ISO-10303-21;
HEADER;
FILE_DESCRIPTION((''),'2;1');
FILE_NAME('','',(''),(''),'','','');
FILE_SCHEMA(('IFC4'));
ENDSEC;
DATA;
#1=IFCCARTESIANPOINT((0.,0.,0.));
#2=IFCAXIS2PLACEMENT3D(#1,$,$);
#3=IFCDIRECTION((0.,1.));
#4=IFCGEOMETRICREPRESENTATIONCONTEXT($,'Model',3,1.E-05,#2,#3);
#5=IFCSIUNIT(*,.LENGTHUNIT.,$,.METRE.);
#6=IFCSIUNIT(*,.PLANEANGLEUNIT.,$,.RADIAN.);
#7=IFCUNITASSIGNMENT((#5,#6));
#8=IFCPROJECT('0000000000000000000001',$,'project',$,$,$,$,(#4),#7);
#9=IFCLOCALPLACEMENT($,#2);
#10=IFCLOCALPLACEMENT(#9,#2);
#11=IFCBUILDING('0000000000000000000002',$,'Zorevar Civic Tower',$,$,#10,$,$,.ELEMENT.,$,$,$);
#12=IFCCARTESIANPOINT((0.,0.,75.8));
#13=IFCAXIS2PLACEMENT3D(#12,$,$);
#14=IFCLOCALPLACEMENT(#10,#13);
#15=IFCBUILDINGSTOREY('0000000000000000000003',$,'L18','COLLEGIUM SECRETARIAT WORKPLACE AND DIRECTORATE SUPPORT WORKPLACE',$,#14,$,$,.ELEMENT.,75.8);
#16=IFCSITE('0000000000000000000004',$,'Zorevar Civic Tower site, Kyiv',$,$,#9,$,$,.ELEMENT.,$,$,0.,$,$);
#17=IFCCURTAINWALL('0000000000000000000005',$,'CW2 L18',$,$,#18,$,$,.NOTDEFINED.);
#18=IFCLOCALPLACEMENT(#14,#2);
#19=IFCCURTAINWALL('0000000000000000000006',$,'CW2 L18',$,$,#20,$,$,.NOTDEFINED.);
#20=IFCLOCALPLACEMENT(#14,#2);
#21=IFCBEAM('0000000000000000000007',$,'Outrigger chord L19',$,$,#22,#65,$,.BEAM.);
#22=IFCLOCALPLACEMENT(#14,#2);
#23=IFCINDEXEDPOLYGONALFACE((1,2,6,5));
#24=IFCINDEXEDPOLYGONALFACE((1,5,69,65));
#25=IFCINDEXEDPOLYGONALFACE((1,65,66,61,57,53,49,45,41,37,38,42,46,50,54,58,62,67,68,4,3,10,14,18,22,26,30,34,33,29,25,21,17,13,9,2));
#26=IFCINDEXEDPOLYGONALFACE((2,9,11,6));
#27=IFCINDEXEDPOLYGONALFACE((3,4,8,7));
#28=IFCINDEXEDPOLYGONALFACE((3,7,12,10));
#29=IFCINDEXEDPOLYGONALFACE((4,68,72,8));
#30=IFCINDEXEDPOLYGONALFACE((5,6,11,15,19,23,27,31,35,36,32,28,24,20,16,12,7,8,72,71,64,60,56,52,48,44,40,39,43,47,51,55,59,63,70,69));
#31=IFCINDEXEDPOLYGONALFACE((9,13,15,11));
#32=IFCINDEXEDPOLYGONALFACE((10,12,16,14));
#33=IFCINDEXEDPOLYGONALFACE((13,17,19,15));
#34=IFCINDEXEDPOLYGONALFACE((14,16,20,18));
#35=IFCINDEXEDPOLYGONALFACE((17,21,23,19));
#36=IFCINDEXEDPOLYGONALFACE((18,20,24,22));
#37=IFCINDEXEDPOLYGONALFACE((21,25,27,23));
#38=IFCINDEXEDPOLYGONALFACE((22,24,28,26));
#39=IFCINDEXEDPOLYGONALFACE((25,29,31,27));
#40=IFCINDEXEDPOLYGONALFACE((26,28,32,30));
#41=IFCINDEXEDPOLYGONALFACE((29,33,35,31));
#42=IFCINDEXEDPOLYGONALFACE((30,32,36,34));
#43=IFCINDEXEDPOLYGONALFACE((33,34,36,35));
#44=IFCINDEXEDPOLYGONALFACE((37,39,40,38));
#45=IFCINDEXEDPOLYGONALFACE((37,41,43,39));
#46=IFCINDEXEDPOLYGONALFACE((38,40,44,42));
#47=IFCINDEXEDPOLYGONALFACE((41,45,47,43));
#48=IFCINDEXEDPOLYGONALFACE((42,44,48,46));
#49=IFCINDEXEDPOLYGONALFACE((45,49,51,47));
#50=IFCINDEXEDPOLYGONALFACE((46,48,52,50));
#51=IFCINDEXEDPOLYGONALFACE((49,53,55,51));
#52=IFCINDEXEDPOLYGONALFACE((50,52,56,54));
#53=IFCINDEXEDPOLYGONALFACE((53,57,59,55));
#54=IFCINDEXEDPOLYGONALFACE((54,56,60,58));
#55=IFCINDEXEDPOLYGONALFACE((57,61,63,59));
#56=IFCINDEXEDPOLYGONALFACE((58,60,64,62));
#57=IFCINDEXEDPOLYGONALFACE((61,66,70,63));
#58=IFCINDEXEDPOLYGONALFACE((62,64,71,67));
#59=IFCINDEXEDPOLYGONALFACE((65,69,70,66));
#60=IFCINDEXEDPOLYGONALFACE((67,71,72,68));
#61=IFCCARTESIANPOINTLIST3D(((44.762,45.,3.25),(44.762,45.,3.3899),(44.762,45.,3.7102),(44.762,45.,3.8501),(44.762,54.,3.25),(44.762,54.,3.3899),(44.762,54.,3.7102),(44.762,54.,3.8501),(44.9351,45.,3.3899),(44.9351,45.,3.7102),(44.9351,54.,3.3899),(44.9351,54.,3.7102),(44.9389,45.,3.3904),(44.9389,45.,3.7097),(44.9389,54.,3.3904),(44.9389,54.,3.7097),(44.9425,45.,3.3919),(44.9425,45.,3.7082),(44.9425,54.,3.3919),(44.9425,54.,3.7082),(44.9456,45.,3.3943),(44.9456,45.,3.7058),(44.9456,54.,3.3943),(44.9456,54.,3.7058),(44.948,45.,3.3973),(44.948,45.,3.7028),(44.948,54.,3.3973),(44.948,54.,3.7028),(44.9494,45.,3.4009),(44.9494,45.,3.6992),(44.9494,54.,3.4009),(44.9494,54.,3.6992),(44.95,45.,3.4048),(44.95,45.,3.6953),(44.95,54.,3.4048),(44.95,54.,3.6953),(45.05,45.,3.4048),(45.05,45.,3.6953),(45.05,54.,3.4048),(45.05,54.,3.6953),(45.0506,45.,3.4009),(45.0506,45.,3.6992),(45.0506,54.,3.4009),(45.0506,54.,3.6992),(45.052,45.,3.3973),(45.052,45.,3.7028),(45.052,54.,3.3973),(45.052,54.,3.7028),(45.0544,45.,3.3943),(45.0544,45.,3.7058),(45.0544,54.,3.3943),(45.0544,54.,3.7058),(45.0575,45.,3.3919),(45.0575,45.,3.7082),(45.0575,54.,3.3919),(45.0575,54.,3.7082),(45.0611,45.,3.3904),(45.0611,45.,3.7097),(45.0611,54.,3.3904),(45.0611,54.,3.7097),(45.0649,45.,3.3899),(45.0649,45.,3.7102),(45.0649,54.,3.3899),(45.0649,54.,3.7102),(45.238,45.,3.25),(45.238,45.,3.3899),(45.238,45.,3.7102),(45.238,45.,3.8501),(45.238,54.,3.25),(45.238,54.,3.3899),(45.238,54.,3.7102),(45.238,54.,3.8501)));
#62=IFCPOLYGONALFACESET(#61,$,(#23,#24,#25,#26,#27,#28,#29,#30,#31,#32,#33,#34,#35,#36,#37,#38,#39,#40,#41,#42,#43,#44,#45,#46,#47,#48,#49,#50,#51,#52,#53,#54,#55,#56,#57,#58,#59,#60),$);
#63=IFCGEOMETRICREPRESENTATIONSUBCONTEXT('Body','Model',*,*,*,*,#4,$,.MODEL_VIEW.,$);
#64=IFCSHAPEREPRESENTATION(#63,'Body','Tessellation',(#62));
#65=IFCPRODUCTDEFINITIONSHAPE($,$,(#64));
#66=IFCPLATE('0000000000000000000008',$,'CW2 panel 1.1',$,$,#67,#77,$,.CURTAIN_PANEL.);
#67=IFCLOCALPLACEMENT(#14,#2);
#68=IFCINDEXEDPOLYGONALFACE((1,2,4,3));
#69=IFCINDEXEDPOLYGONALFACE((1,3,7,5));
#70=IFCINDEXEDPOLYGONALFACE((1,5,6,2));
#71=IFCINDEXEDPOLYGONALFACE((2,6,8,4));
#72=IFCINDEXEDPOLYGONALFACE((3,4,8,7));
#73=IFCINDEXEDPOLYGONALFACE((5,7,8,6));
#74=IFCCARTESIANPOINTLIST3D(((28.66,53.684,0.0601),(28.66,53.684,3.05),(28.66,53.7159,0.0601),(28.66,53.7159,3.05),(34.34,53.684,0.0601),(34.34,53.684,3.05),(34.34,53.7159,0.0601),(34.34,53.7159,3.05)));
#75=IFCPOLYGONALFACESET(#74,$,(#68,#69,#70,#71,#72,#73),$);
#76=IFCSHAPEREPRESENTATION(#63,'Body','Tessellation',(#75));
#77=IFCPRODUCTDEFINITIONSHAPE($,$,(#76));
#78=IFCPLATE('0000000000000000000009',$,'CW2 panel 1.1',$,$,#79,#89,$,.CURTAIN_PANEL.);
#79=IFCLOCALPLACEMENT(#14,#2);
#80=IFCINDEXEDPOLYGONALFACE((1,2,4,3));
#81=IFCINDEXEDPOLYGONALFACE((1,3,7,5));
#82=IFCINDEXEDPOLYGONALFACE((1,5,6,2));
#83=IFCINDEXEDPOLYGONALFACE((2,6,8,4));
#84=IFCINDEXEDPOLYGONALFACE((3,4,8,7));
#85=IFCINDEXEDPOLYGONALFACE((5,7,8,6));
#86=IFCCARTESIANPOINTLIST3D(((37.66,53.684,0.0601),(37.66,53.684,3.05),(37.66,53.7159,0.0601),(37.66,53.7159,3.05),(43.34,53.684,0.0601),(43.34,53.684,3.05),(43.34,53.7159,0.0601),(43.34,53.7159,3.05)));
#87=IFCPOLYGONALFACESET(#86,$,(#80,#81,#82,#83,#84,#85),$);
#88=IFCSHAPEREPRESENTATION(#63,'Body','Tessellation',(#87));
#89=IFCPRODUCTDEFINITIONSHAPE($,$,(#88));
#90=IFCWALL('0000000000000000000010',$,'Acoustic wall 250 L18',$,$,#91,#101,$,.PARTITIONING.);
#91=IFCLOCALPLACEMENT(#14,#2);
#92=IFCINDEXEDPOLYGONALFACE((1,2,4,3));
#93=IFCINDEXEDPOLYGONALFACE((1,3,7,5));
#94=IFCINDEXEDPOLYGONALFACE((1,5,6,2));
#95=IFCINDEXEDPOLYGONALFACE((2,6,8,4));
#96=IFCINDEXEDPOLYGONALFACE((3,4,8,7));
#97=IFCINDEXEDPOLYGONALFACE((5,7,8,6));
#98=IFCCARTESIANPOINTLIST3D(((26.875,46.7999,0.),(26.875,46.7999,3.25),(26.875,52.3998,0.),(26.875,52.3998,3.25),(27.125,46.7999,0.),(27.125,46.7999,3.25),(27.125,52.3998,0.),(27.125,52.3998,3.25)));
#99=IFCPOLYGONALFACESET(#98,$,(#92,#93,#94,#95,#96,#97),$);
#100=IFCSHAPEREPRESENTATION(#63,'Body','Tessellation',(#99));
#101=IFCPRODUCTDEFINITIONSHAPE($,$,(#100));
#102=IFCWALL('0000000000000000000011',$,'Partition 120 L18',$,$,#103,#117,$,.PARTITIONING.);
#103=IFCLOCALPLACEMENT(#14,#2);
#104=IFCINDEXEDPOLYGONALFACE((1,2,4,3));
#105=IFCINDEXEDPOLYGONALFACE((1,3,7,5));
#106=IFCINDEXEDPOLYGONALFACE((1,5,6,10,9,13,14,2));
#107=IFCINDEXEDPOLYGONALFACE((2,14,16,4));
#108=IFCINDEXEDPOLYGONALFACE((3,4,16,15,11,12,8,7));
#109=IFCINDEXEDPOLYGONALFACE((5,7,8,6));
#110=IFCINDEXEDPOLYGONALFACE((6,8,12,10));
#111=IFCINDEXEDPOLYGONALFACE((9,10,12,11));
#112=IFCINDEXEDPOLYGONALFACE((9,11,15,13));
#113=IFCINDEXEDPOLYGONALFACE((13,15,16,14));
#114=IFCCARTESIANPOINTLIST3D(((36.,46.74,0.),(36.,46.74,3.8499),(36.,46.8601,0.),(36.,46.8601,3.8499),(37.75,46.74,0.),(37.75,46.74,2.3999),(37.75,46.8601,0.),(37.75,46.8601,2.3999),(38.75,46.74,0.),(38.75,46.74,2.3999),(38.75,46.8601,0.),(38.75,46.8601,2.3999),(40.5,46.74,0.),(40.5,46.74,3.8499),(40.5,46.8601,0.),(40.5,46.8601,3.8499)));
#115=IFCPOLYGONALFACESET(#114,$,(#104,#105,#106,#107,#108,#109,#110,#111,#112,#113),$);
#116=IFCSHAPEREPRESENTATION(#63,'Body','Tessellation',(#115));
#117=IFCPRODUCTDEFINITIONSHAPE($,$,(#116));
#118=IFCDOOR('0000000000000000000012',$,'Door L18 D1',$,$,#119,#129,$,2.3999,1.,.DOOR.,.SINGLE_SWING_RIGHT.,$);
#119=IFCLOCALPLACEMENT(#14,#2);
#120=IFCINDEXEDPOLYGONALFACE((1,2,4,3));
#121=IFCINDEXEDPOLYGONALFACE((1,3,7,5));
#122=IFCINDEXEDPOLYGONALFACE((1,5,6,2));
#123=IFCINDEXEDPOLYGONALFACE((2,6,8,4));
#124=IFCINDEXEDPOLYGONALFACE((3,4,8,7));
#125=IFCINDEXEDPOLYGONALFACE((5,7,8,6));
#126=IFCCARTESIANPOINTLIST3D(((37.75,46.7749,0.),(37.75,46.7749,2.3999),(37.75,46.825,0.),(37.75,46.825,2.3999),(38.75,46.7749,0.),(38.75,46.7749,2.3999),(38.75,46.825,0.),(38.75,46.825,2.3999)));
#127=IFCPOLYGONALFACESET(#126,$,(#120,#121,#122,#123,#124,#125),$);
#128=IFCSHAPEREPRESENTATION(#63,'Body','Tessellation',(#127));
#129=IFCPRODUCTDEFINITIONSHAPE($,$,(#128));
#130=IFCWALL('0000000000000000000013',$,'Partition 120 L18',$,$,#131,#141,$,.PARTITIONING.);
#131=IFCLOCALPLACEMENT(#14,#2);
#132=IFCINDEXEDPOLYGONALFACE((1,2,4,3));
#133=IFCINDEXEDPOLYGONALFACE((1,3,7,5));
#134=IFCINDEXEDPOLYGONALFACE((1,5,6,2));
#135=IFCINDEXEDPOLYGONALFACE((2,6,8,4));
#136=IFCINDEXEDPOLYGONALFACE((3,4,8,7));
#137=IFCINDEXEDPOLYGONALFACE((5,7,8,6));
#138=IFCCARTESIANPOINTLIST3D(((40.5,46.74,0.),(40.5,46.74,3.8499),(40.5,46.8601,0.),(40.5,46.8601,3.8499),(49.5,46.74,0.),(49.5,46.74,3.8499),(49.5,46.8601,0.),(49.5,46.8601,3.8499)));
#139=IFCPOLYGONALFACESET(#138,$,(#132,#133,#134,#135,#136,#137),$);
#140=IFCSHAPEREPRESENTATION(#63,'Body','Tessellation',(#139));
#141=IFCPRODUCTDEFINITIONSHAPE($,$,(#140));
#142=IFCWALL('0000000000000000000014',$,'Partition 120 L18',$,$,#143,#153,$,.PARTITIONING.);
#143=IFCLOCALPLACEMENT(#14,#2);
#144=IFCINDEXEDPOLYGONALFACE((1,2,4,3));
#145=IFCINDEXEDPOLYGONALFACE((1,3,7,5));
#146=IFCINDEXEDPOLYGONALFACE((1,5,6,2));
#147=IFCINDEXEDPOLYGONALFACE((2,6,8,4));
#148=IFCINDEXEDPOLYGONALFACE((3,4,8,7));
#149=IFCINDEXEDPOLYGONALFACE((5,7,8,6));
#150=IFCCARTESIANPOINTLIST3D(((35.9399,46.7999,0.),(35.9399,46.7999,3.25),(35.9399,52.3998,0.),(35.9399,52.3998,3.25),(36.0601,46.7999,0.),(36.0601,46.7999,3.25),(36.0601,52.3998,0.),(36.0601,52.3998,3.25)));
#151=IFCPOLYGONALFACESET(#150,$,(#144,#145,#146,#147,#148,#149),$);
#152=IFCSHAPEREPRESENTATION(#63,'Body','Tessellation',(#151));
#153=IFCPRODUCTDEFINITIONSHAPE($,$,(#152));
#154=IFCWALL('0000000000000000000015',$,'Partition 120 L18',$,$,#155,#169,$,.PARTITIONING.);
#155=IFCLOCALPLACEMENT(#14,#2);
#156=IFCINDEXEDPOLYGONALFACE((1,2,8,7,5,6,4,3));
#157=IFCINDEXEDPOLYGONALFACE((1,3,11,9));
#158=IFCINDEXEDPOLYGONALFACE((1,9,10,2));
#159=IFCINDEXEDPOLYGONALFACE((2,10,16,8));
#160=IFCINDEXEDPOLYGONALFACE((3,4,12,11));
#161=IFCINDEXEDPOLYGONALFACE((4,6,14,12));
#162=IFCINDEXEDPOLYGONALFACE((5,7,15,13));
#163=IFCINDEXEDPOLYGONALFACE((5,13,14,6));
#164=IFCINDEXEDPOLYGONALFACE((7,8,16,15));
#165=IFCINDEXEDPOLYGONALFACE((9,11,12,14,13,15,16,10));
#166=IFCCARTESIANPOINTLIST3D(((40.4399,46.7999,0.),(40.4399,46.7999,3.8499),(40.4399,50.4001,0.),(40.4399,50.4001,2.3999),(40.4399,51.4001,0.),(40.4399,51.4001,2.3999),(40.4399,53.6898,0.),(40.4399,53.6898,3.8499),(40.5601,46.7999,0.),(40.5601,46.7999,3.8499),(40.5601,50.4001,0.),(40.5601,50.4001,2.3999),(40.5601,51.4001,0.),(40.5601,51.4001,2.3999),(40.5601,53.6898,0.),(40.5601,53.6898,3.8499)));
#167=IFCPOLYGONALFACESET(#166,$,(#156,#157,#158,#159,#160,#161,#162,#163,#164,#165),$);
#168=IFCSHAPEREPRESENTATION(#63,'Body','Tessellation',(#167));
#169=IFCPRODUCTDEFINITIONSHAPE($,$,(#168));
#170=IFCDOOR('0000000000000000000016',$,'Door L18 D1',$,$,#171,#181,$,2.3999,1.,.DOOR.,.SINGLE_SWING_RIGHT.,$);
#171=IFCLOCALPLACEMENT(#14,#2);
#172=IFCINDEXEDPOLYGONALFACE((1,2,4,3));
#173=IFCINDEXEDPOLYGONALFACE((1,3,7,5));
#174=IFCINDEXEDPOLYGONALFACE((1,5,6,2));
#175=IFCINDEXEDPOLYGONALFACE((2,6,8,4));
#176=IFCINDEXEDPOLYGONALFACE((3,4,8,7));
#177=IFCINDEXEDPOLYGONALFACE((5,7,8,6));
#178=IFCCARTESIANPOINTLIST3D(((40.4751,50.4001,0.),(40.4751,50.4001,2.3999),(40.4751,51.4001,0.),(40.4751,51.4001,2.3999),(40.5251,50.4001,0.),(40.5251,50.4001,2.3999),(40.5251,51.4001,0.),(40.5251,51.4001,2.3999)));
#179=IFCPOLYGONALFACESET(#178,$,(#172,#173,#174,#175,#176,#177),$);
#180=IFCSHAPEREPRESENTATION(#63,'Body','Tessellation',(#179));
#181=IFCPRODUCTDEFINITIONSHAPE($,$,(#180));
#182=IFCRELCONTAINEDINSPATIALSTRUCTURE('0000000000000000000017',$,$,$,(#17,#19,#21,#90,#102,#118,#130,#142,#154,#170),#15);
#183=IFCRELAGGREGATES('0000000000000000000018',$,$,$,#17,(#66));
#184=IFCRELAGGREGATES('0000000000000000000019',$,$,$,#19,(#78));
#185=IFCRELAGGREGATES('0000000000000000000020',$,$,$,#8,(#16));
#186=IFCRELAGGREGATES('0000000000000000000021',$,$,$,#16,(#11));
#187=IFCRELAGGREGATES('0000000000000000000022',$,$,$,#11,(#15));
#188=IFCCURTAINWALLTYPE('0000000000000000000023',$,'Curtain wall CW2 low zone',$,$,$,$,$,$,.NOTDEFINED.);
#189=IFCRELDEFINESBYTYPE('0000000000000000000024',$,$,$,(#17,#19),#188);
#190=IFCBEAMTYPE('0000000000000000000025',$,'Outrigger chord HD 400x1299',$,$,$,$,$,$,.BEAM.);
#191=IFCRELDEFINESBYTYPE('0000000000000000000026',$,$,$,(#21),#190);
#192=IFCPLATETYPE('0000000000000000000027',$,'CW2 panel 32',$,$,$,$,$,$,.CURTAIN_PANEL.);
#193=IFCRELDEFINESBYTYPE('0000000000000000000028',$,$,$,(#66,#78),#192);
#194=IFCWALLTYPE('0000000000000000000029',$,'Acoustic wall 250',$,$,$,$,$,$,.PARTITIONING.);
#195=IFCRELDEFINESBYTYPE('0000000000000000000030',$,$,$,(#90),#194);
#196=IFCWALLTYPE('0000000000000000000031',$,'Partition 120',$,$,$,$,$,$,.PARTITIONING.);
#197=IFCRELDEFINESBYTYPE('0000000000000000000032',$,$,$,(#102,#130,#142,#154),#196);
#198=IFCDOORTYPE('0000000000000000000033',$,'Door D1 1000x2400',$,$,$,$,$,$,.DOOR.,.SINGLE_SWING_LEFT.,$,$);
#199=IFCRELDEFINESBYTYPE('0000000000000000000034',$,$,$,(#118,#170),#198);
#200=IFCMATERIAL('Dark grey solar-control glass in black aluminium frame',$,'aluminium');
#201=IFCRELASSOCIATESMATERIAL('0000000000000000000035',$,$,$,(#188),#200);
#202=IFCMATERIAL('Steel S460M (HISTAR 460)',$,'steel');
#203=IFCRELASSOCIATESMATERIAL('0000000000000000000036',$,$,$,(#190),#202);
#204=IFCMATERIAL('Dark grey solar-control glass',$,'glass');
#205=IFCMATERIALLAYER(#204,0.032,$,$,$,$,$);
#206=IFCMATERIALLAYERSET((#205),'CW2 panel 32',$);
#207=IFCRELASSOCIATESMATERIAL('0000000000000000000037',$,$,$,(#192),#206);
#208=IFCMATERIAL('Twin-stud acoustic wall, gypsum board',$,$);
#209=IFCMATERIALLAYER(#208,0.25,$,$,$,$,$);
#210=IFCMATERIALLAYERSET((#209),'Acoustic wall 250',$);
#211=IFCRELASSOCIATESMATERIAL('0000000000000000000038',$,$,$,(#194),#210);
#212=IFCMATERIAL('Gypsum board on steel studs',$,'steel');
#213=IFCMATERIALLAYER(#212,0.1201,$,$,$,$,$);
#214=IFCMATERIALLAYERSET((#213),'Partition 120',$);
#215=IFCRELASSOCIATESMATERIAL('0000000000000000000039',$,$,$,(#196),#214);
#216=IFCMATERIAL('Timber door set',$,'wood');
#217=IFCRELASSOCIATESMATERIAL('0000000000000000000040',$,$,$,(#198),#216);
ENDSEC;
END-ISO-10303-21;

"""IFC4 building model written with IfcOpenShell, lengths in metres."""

from ifc_helpers import new_model, si_unit, direction, frame, frame_2d, origin, origin_2d, place, context, subcontext, project, spatial, rectangle, i_section, extrude, material, layer, layer_set, material_profile, profile_set, type_object, element, fill, aggregate, save


model = new_model("IFC4")

# Units and contexts
model_context = context("Model", 3, precision=1e-05, world=origin(), true_north=direction((0.0, 1.0)))
body_context = subcontext(model_context, "Body", "Model", "MODEL_VIEW")
ifc_project = project(units=[si_unit("LENGTHUNIT", "METRE"), si_unit("PLANEANGLEUNIT", "RADIAN")], contexts=[model_context])

# Site, building, storey
site_placement = place(None, origin())
site = spatial("IfcSite", under=ifc_project, at=site_placement, Name="Zorevar Civic Tower site, Kyiv", CompositionType="ELEMENT", RefElevation=0.0)
building_placement = place(site_placement, origin())
building = spatial("IfcBuilding", under=site, at=building_placement, Name="Zorevar Civic Tower", CompositionType="ELEMENT")
storey_placement = place(building_placement, frame((0.0, 0.0, 75.8)))
storey = spatial("IfcBuildingStorey", under=building, at=storey_placement, Name="L18", Description="COLLEGIUM SECRETARIAT WORKPLACE AND DIRECTORATE SUPPORT WORKPLACE", CompositionType="ELEMENT", Elevation=75.8)

# Curtain walls
ifc_material_1 = material(Name="Dark grey solar-control glass in black aluminium frame", Category="aluminium")
curtain_wall_type = type_object("IfcCurtainWallType", Name="Curtain wall CW2 low zone", PredefinedType="NOTDEFINED", material=ifc_material_1)
curtain_wall_1_placement = place(storey_placement, origin())
curtain_wall_1 = element("IfcCurtainWall", 1, at=curtain_wall_1_placement, inside=storey, type_object=curtain_wall_type, Name="CW2 L18", PredefinedType="NOTDEFINED")
curtain_wall_2_placement = place(storey_placement, origin())
curtain_wall_2 = element("IfcCurtainWall", 2, at=curtain_wall_2_placement, inside=storey, type_object=curtain_wall_type, Name="CW2 L18", PredefinedType="NOTDEFINED")

# Beam
ifc_material_2 = material(Name="Steel S460M (HISTAR 460)", Category="steel")
ifc_material_profile_1 = material_profile(ifc_material_2, i_section(OverallWidth=0.4761, OverallDepth=0.6001, WebThickness=0.1001, FlangeThickness=0.1399, FilletRadius=0.0149, at=origin_2d()), Name="HD 400x1299")
ifc_profile_set_1 = profile_set([ifc_material_profile_1], Name="Steel S460M (HISTAR 460)")
beam_type_1 = type_object("IfcBeamType", Name="Outrigger chord HD 400x1299", PredefinedType="BEAM", material=ifc_profile_set_1)
beam_1_placement = place(storey_placement, frame((45.0, 45.0, 3.55), z_axis=(0.0, 1.0, 0.0), x_axis=(-1.0, 0.0, 0.0)))
element("IfcBeam", 3, at=beam_1_placement, inside=storey, type_object=beam_type_1, Name="Outrigger chord L19", PredefinedType="BEAM", context=body_context, shape_type="SweptSolid", body=[
    extrude(i_section(OverallWidth=0.4761, OverallDepth=0.6001, WebThickness=0.1001, FlangeThickness=0.1399, FilletRadius=0.0149, at=origin_2d()), origin(), (0.0, 0.0, 1.0), 9.0),
])

# Plates
ifc_material_3 = material(Name="Dark grey solar-control glass", Category="glass")
ifc_layer_1 = layer(ifc_material_3, 0.032)
ifc_layer_set_1 = layer_set([ifc_layer_1], Name="CW2 panel 32")
plate_type = type_object("IfcPlateType", Name="CW2 panel 32", PredefinedType="CURTAIN_PANEL", material=ifc_layer_set_1)
plate_1_placement = place(storey_placement, frame((31.5, 53.7, 0.0601), z_axis=(0.0, 0.0, 1.0), x_axis=(1.0, 0.0, 0.0)))
plate_1 = element("IfcPlate", 4, at=plate_1_placement, type_object=plate_type, Name="CW2 panel 1.1", PredefinedType="CURTAIN_PANEL", context=body_context, shape_type="SweptSolid", body=[
    extrude(rectangle(XDim=5.6799, YDim=0.032, at=origin_2d()), origin(), (0.0, 0.0, 1.0), 2.99),
])
aggregate(curtain_wall_1, [plate_1])
plate_2_placement = place(storey_placement, frame((40.5, 53.7, 0.0601), z_axis=(0.0, 0.0, 1.0), x_axis=(1.0, 0.0, 0.0)))
plate_2 = element("IfcPlate", 5, at=plate_2_placement, type_object=plate_type, Name="CW2 panel 1.1", PredefinedType="CURTAIN_PANEL", context=body_context, shape_type="SweptSolid", body=[
    extrude(rectangle(XDim=5.6799, YDim=0.032, at=origin_2d()), origin(), (0.0, 0.0, 1.0), 2.99),
])
aggregate(curtain_wall_2, [plate_2])

# Wall
ifc_material_4 = material(Name="Twin-stud acoustic wall, gypsum board")
ifc_layer_2 = layer(ifc_material_4, 0.25)
ifc_layer_set_2 = layer_set([ifc_layer_2], Name="Acoustic wall 250")
wall_type_1 = type_object("IfcWallType", Name="Acoustic wall 250", PredefinedType="PARTITIONING", material=ifc_layer_set_2)
wall_1_placement = place(storey_placement, frame((27.0, 46.8, 0.0), z_axis=(0.0, 0.0, 1.0), x_axis=(0.0, 1.0, 0.0)))
element("IfcWall", 6, at=wall_1_placement, inside=storey, type_object=wall_type_1, Name="Acoustic wall 250 L18", PredefinedType="PARTITIONING", context=body_context, shape_type="SweptSolid", body=[
    extrude(rectangle(XDim=5.5999, YDim=0.25, at=frame_2d((2.7998, 0.0))), origin(), (0.0, 0.0, 1.0), 3.25),
])

# Wall, opening, door
ifc_material_5 = material(Name="Gypsum board on steel studs", Category="steel")
ifc_layer_3 = layer(ifc_material_5, 0.1201)
ifc_layer_set_3 = layer_set([ifc_layer_3], Name="Partition 120")
wall_type_2 = type_object("IfcWallType", Name="Partition 120", PredefinedType="PARTITIONING", material=ifc_layer_set_3)
wall_2_placement = place(storey_placement, frame((36.0, 46.8, 0.0), z_axis=(0.0, 0.0, 1.0), x_axis=(1.0, 0.0, 0.0)))
wall_2 = element("IfcWall", 7, at=wall_2_placement, inside=storey, type_object=wall_type_2, Name="Partition 120 L18", PredefinedType="PARTITIONING", context=body_context, shape_type="SweptSolid", body=[
    extrude(rectangle(XDim=4.5, YDim=0.1201, at=frame_2d((2.25, 0.0))), origin(), (0.0, 0.0, 1.0), 3.8499),
])
opening_1_placement = place(wall_2_placement, frame((1.75, 0.0, 0.0)))
opening_1 = element("IfcOpeningElement", 8, at=opening_1_placement, cuts=wall_2, PredefinedType="OPENING", context=body_context, shape_type="SweptSolid", body=[
    extrude(rectangle(XDim=1.0, YDim=2.3999, at=frame_2d((0.5, 1.2))), frame((0.0, 0.0701, 0.0), z_axis=(0.0, -1.0, 0.0), x_axis=(1.0, 0.0, 0.0)), (0.0, 0.0, 1.0), 0.1401),
])
ifc_material_6 = material(Name="Timber door set", Category="wood")
door_type = type_object("IfcDoorType", Name="Door D1 1000x2400", OperationType="SINGLE_SWING_LEFT", PredefinedType="DOOR", material=ifc_material_6)
door_1_placement = place(opening_1_placement, origin())
door_1 = element("IfcDoor", 9, at=door_1_placement, inside=storey, type_object=door_type, Name="Door L18 D1", OperationType="SINGLE_SWING_RIGHT", OverallHeight=2.3999, OverallWidth=1.0, PredefinedType="DOOR", context=body_context, shape_type="SweptSolid", body=[
    extrude(rectangle(XDim=1.0, YDim=2.3999, at=frame_2d((0.5, 1.2))), frame((0.0, 0.0249, 0.0), z_axis=(0.0, -1.0, 0.0), x_axis=(1.0, 0.0, 0.0)), (0.0, 0.0, 1.0), 0.05),
])
fill(opening_1, door_1)

# Walls
wall_3_placement = place(storey_placement, frame((40.5, 46.8, 0.0), z_axis=(0.0, 0.0, 1.0), x_axis=(1.0, 0.0, 0.0)))
element("IfcWall", 10, at=wall_3_placement, inside=storey, type_object=wall_type_2, Name="Partition 120 L18", PredefinedType="PARTITIONING", context=body_context, shape_type="SweptSolid", body=[
    extrude(rectangle(XDim=9.0, YDim=0.1201, at=frame_2d((4.5, 0.0))), origin(), (0.0, 0.0, 1.0), 3.8499),
])
wall_4_placement = place(storey_placement, frame((36.0, 46.8, 0.0), z_axis=(0.0, 0.0, 1.0), x_axis=(0.0, 1.0, 0.0)))
element("IfcWall", 11, at=wall_4_placement, inside=storey, type_object=wall_type_2, Name="Partition 120 L18", PredefinedType="PARTITIONING", context=body_context, shape_type="SweptSolid", body=[
    extrude(rectangle(XDim=5.5999, YDim=0.1201, at=frame_2d((2.7998, 0.0))), origin(), (0.0, 0.0, 1.0), 3.25),
])

# Wall, opening, door
wall_5_placement = place(storey_placement, frame((40.5, 46.8, 0.0), z_axis=(0.0, 0.0, 1.0), x_axis=(0.0, 1.0, 0.0)))
wall_5 = element("IfcWall", 12, at=wall_5_placement, inside=storey, type_object=wall_type_2, Name="Partition 120 L18", PredefinedType="PARTITIONING", context=body_context, shape_type="SweptSolid", body=[
    extrude(rectangle(XDim=6.8899, YDim=0.1201, at=frame_2d((3.4448, 0.0))), origin(), (0.0, 0.0, 1.0), 3.8499),
])
opening_2_placement = place(wall_5_placement, frame((3.6001, 0.0, 0.0)))
opening_2 = element("IfcOpeningElement", 13, at=opening_2_placement, cuts=wall_5, PredefinedType="OPENING", context=body_context, shape_type="SweptSolid", body=[
    extrude(rectangle(XDim=1.0, YDim=2.3999, at=frame_2d((0.5, 1.2))), frame((0.0, 0.0701, 0.0), z_axis=(0.0, -1.0, 0.0), x_axis=(1.0, 0.0, 0.0)), (0.0, 0.0, 1.0), 0.1401),
])
door_2_placement = place(opening_2_placement, origin())
door_2 = element("IfcDoor", 14, at=door_2_placement, inside=storey, type_object=door_type, Name="Door L18 D1", OperationType="SINGLE_SWING_RIGHT", OverallHeight=2.3999, OverallWidth=1.0, PredefinedType="DOOR", context=body_context, shape_type="SweptSolid", body=[
    extrude(rectangle(XDim=1.0, YDim=2.3999, at=frame_2d((0.5, 1.2))), frame((0.0, 0.0249, 0.0), z_axis=(0.0, -1.0, 0.0), x_axis=(1.0, 0.0, 0.0)), (0.0, 0.0, 1.0), 0.05),
])
fill(opening_2, door_2)

save(model, "model.ifc")
